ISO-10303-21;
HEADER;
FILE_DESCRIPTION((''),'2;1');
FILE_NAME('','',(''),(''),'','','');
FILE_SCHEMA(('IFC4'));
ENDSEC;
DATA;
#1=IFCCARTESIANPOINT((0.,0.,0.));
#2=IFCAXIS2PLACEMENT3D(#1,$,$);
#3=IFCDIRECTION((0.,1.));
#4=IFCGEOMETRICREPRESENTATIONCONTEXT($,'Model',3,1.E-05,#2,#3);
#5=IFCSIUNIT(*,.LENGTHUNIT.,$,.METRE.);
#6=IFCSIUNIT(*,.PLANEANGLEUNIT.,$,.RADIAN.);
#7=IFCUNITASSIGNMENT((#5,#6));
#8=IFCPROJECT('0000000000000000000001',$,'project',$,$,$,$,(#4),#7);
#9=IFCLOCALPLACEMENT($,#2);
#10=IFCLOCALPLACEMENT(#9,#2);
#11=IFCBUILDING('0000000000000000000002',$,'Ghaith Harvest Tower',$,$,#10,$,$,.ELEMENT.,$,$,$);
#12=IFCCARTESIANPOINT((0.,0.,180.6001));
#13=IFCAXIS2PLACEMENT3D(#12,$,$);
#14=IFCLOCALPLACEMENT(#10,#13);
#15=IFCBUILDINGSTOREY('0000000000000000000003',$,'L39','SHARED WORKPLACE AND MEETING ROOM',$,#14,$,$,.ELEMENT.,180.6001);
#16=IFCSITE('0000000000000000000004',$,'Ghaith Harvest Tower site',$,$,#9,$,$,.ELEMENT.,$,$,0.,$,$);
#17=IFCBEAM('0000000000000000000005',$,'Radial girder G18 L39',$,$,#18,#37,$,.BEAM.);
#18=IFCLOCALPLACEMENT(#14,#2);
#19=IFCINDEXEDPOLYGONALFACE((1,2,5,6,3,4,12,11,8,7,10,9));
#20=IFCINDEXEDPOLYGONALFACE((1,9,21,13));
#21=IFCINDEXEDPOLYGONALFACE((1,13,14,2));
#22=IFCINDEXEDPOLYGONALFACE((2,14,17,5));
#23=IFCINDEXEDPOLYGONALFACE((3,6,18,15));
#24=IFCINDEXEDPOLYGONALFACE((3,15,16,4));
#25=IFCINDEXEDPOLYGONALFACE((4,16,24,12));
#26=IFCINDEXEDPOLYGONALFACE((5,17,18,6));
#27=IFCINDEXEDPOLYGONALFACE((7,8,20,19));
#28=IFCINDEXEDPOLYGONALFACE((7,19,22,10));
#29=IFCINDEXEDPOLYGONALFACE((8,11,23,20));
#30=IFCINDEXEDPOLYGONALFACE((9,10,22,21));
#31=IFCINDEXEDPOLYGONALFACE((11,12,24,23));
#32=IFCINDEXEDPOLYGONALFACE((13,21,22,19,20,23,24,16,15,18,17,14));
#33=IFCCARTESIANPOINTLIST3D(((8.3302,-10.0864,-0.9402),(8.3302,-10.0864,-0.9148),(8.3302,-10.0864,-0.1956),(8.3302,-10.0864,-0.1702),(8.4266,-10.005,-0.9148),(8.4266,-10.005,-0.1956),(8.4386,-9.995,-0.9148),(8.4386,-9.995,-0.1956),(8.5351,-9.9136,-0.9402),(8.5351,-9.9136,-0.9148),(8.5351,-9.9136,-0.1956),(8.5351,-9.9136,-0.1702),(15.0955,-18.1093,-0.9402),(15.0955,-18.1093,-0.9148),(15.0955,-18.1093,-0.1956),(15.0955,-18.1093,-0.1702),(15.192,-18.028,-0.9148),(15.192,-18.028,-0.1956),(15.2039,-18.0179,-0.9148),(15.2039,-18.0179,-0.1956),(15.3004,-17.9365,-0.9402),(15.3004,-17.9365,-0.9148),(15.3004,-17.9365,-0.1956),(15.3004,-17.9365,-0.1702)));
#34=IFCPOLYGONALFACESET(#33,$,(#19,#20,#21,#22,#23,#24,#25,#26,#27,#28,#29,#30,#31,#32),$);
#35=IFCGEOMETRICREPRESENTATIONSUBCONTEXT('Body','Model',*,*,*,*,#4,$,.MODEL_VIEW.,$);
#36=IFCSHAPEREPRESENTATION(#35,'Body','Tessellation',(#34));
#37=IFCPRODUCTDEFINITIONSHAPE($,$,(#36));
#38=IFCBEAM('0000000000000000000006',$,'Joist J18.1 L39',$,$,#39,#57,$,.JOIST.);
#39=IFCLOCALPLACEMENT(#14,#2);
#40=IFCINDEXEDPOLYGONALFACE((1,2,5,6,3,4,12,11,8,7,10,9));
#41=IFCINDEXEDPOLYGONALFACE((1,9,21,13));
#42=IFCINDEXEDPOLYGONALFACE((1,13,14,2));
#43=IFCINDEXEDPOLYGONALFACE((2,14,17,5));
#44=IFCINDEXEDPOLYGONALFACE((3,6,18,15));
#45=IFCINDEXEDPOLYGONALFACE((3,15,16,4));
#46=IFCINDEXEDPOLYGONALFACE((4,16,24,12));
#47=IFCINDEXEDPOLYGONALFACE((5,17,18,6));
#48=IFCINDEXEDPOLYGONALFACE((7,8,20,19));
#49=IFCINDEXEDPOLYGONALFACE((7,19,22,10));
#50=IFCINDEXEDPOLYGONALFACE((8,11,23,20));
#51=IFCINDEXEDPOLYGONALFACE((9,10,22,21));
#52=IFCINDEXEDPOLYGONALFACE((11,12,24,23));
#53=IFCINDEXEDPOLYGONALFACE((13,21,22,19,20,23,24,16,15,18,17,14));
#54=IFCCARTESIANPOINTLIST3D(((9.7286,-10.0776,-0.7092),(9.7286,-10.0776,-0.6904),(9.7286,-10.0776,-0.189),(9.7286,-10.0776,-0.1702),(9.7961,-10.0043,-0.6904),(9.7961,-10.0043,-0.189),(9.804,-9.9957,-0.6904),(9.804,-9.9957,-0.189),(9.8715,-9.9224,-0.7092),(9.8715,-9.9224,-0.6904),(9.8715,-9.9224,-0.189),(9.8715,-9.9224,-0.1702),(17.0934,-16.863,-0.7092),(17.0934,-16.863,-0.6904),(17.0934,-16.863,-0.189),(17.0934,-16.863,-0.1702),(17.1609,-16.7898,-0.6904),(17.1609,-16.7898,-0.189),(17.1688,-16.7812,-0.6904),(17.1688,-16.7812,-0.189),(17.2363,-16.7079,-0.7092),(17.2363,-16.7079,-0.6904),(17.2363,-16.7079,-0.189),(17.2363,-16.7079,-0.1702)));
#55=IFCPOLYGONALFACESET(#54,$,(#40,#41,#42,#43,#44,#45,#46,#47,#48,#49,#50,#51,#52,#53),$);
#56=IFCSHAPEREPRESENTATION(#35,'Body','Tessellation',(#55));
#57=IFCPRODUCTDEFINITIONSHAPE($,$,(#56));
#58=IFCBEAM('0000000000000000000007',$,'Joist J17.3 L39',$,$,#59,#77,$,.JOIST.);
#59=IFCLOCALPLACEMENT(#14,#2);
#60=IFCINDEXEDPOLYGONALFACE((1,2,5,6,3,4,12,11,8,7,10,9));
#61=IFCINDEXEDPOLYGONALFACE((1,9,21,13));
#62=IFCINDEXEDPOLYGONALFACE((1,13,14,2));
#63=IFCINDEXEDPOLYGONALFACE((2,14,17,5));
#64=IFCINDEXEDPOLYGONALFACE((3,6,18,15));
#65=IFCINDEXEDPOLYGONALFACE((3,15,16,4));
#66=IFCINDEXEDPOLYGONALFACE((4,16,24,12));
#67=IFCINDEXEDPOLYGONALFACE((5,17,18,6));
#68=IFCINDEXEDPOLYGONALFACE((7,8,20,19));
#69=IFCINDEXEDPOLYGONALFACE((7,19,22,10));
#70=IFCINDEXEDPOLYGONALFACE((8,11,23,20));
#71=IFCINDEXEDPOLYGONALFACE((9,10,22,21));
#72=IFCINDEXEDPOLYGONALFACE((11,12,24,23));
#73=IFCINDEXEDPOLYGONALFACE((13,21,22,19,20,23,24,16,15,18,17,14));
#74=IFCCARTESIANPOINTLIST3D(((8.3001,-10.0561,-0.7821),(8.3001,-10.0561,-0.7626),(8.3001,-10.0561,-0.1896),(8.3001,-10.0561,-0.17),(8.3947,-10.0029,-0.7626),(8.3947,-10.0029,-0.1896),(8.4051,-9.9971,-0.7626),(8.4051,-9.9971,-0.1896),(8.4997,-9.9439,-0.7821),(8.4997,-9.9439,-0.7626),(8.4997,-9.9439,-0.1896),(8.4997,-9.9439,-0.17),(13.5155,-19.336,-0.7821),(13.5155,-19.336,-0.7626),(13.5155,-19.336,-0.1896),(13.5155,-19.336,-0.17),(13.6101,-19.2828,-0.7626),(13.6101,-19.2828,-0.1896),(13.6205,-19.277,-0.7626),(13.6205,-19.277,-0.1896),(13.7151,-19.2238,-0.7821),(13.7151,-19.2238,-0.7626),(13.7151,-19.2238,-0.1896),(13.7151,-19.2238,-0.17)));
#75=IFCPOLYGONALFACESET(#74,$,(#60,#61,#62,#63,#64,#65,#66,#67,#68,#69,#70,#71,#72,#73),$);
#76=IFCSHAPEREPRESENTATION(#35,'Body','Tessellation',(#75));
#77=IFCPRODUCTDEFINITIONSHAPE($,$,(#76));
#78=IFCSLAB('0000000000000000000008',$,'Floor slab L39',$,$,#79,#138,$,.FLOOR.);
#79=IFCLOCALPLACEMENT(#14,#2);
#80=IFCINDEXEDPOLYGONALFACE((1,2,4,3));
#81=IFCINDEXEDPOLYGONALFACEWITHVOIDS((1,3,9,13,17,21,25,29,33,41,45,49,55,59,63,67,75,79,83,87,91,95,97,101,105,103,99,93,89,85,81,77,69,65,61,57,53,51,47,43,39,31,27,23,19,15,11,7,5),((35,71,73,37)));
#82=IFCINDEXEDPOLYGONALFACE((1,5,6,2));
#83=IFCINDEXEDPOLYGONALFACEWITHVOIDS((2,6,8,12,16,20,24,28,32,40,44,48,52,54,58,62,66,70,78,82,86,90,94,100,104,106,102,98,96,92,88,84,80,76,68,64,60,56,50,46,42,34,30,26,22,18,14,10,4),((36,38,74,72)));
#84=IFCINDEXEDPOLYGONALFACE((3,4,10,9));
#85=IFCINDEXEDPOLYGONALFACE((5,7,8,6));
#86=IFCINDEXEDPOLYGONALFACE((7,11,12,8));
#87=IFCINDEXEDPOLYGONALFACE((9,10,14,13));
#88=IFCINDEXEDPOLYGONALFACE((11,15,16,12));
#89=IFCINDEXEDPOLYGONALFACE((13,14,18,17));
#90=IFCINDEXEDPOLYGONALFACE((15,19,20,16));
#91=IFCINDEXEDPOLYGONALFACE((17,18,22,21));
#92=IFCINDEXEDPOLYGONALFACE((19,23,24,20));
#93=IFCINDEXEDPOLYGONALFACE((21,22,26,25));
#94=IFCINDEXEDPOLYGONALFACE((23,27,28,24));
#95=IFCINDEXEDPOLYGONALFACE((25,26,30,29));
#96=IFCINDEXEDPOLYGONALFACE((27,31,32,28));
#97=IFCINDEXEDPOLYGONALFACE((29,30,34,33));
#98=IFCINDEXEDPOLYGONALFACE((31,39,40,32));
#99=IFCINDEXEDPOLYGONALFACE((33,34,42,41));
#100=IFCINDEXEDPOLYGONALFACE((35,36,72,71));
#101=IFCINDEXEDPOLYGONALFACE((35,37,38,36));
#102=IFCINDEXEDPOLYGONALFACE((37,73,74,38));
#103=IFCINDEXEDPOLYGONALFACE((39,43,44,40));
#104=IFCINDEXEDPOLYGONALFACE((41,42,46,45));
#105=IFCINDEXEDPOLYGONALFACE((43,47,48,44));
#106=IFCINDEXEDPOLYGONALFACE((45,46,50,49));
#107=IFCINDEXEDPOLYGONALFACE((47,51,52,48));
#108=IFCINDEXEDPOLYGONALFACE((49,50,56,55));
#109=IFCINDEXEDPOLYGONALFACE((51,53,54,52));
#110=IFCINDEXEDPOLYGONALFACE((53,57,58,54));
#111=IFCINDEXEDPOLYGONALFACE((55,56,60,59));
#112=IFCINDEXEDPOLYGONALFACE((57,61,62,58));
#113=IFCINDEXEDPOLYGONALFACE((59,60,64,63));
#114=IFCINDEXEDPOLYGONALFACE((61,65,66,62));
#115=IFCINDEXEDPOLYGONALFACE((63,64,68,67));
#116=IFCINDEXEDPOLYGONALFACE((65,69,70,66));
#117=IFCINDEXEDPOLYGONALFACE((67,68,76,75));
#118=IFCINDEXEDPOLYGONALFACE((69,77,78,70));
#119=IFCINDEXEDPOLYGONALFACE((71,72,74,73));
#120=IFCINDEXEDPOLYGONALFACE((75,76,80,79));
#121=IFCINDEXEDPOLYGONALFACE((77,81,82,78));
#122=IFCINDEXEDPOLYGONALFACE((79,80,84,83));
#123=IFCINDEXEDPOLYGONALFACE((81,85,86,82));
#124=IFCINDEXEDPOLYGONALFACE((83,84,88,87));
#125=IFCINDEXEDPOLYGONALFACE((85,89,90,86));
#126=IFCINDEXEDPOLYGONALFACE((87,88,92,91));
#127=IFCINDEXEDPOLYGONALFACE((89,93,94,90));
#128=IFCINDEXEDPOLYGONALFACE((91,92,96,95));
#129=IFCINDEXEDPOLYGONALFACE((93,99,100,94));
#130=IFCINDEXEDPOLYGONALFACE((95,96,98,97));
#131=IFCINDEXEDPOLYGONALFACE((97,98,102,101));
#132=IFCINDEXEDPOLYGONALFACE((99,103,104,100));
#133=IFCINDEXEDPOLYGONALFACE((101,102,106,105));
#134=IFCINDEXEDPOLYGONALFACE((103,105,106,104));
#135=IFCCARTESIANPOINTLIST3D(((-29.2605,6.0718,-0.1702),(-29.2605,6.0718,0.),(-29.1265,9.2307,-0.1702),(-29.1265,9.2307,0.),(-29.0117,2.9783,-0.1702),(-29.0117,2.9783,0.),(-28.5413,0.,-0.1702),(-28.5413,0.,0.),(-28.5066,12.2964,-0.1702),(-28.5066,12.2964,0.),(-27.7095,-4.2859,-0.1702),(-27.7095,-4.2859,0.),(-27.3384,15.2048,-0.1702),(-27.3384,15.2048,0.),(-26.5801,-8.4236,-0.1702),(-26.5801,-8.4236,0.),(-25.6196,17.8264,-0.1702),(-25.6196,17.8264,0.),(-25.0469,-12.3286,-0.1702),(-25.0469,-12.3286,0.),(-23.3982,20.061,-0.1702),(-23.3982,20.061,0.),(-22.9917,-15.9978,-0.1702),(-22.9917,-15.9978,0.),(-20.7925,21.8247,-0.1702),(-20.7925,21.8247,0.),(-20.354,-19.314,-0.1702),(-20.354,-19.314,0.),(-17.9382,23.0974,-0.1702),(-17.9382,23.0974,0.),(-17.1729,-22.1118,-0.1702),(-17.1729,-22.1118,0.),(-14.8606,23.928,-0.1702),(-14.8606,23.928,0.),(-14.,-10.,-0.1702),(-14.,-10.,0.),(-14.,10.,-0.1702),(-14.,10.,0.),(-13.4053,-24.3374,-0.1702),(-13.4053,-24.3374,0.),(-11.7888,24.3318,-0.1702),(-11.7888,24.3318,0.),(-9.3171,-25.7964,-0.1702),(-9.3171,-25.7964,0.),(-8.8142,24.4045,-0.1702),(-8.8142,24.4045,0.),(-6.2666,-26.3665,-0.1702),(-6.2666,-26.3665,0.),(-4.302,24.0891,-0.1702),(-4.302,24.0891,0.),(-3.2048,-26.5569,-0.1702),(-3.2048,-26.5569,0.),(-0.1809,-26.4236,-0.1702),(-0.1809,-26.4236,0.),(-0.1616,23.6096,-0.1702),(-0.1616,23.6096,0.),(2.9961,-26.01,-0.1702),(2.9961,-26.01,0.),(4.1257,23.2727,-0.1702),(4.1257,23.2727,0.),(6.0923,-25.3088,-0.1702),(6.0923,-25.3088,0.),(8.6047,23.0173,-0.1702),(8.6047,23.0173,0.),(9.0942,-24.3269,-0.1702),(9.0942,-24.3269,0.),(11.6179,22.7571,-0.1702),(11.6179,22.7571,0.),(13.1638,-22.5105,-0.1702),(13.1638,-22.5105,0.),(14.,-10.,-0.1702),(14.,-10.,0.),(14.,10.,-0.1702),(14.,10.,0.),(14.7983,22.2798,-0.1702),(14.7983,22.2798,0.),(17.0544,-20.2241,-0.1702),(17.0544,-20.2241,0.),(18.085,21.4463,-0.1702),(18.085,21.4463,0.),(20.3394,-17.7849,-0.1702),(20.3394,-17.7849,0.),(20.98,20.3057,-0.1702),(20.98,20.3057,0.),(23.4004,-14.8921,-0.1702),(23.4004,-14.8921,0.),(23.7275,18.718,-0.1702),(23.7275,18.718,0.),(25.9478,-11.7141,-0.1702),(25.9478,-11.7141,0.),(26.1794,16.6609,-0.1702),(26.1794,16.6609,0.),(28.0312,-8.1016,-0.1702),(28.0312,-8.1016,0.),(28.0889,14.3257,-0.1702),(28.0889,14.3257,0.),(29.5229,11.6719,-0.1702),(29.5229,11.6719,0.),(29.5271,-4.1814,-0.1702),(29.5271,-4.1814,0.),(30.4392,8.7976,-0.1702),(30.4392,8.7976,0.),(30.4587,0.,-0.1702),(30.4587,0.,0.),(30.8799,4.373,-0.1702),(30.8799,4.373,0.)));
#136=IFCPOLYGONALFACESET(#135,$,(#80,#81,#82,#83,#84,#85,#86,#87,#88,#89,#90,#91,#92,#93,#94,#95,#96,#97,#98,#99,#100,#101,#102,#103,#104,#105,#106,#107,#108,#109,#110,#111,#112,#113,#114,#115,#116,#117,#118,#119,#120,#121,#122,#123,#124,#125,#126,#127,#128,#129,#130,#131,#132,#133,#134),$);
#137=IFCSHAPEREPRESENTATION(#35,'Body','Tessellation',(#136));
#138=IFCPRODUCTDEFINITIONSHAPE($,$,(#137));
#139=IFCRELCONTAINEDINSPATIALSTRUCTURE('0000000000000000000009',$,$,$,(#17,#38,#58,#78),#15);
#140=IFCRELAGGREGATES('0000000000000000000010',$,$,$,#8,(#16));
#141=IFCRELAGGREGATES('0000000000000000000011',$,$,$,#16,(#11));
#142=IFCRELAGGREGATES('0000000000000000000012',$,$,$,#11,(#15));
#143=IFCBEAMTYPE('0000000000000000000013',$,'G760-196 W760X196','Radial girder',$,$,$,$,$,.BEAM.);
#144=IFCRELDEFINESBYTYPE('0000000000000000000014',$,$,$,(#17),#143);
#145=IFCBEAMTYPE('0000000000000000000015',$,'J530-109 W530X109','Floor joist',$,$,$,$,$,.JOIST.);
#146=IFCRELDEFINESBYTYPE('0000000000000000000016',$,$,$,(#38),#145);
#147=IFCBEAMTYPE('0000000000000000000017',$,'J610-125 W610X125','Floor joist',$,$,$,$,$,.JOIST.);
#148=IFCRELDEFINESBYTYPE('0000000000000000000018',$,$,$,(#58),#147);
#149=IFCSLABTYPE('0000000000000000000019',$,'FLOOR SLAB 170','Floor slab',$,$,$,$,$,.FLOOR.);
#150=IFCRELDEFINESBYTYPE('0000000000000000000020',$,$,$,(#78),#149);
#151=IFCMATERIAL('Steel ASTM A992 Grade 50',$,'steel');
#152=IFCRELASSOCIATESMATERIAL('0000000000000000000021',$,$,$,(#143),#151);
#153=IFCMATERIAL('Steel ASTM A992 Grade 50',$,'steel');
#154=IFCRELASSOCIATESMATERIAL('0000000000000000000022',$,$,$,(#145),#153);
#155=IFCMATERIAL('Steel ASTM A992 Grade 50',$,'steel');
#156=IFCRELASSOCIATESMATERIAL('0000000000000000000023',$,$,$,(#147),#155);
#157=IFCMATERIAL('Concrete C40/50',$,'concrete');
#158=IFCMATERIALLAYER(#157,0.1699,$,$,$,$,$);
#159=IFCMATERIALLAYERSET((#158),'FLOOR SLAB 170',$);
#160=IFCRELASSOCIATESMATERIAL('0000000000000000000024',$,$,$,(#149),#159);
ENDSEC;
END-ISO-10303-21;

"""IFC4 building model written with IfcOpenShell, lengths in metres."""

from ifc_helpers import new_model, si_unit, direction, frame, origin, origin_2d, place, context, subcontext, project, spatial, polyline, i_section, outline, extrude, material, layer, layer_set, material_profile, profile_set, type_object, element, save


model = new_model("IFC4")

# Units and contexts
model_context = context("Model", 3, precision=1e-05, world=origin(), true_north=direction((0.0, 1.0)))
body_context = subcontext(model_context, "Body", "Model", "MODEL_VIEW")
ifc_project = project(units=[si_unit("LENGTHUNIT", "METRE"), si_unit("PLANEANGLEUNIT", "RADIAN")], contexts=[model_context])

# Site, building, storey
site_placement = place(None, origin())
site = spatial("IfcSite", under=ifc_project, at=site_placement, Name="Ghaith Harvest Tower site", CompositionType="ELEMENT", RefElevation=0.0)
building_placement = place(site_placement, origin())
building = spatial("IfcBuilding", under=site, at=building_placement, Name="Ghaith Harvest Tower", CompositionType="ELEMENT")
storey_placement = place(building_placement, frame((0.0, 0.0, 180.6001)))
storey = spatial("IfcBuildingStorey", under=building, at=storey_placement, Name="L39", Description="SHARED WORKPLACE AND MEETING ROOM", CompositionType="ELEMENT", Elevation=180.6001)

# Beams
ifc_material_1 = material(Name="Steel ASTM A992 Grade 50", Category="steel")
ifc_material_profile_1 = material_profile(ifc_material_1, i_section(OverallWidth=0.2681, OverallDepth=0.77, WebThickness=0.0156, FlangeThickness=0.0254, at=origin_2d()), Name="W760X196")
ifc_profile_set_1 = profile_set([ifc_material_profile_1], Name="Steel ASTM A992 Grade 50")
beam_type_1 = type_object("IfcBeamType", Name="G760-196 W760X196", Description="Radial girder", PredefinedType="BEAM", material=ifc_profile_set_1)
beam_1_placement = place(storey_placement, frame((8.4326, -10.0, -0.5552), z_axis=(0.644649, -0.764478, 0.0), x_axis=(0.764478, 0.644649, 0.0)))
element("IfcBeam", 1, at=beam_1_placement, inside=storey, type_object=beam_type_1, Name="Radial girder G18 L39", PredefinedType="BEAM", context=body_context, shape_type="SweptSolid", body=[
    extrude(i_section(OverallWidth=0.2681, OverallDepth=0.77, WebThickness=0.0156, FlangeThickness=0.0254, at=origin_2d()), origin(), (0.0, 0.0, 1.0), 10.4946),
])
ifc_material_2 = material(Name="Steel ASTM A992 Grade 50", Category="steel")
ifc_material_profile_2 = material_profile(ifc_material_2, i_section(OverallWidth=0.2109, OverallDepth=0.5391, WebThickness=0.0117, FlangeThickness=0.0188, at=origin_2d()), Name="W530X109")
ifc_profile_set_2 = profile_set([ifc_material_profile_2], Name="Steel ASTM A992 Grade 50")
beam_type_2 = type_object("IfcBeamType", Name="J530-109 W530X109", Description="Floor joist", PredefinedType="JOIST", material=ifc_profile_set_2)
beam_2_placement = place(storey_placement, frame((9.8, -10.0, -0.4397), z_axis=(0.735442, -0.677588, 0.0), x_axis=(0.677588, 0.735442, 0.0)))
element("IfcBeam", 2, at=beam_2_placement, inside=storey, type_object=beam_type_2, Name="Joist J18.1 L39", PredefinedType="JOIST", context=body_context, shape_type="SweptSolid", body=[
    extrude(i_section(OverallWidth=0.2109, OverallDepth=0.5391, WebThickness=0.0117, FlangeThickness=0.0188, at=origin_2d()), origin(), (0.0, 0.0, 1.0), 10.0142),
])
ifc_material_3 = material(Name="Steel ASTM A992 Grade 50", Category="steel")
ifc_material_profile_3 = material_profile(ifc_material_3, i_section(OverallWidth=0.229, OverallDepth=0.6121, WebThickness=0.012, FlangeThickness=0.0195, at=origin_2d()), Name="W610X125")
ifc_profile_set_3 = profile_set([ifc_material_profile_3], Name="Steel ASTM A992 Grade 50")
beam_type_3 = type_object("IfcBeamType", Name="J610-125 W610X125", Description="Floor joist", PredefinedType="JOIST", material=ifc_profile_set_3)
beam_3_placement = place(storey_placement, frame((8.3999, -10.0, -0.4761), z_axis=(0.489937, -0.871758, 0.0), x_axis=(0.871758, 0.489937, 0.0)))
element("IfcBeam", 3, at=beam_3_placement, inside=storey, type_object=beam_type_3, Name="Joist J17.3 L39", PredefinedType="JOIST", context=body_context, shape_type="SweptSolid", body=[
    extrude(i_section(OverallWidth=0.229, OverallDepth=0.6121, WebThickness=0.012, FlangeThickness=0.0195, at=origin_2d()), origin(), (0.0, 0.0, 1.0), 10.645),
])

# Slab
ifc_material_4 = material(Name="Concrete C40/50", Category="concrete")
ifc_layer_1 = layer(ifc_material_4, 0.1699)
ifc_layer_set_1 = layer_set([ifc_layer_1], Name="FLOOR SLAB 170")
slab_type_1 = type_object("IfcSlabType", Name="FLOOR SLAB 170", Description="Floor slab", PredefinedType="FLOOR", material=ifc_layer_set_1)
slab_1_placement = place(storey_placement, frame((0.0, 0.0, -0.1702)))
element("IfcSlab", 4, at=slab_1_placement, inside=storey, type_object=slab_type_1, Name="Floor slab L39", PredefinedType="FLOOR", context=body_context, shape_type="SweptSolid", body=[
    extrude(outline(polyline([(30.4587, 0.0), (30.8799, 4.373), (30.4392, 8.7976), (29.5229, 11.6719), (28.0889, 14.3257), (26.1794, 16.6609), (23.7275, 18.718), (20.98, 20.3057), (18.085, 21.4463), (14.7983, 22.2798), (11.6179, 22.7571), (8.6047, 23.0173), (4.1257, 23.2727), (-0.1616, 23.6096), (-4.302, 24.0891), (-8.8142, 24.4045), (-11.7888, 24.3318), (-14.8606, 23.928), (-17.9382, 23.0974), (-20.7925, 21.8247), (-23.3982, 20.061), (-25.6196, 17.8264), (-27.3384, 15.2048), (-28.5066, 12.2964), (-29.1265, 9.2307), (-29.2605, 6.0718), (-29.0117, 2.9783), (-28.5413, 0.0), (-27.7095, -4.2859), (-26.5801, -8.4236), (-25.0469, -12.3286), (-22.9917, -15.9978), (-20.354, -19.314), (-17.1729, -22.1118), (-13.4053, -24.3374), (-9.3171, -25.7964), (-6.2666, -26.3665), (-3.2048, -26.5569), (-0.1809, -26.4236), (2.9961, -26.01), (6.0923, -25.3088), (9.0942, -24.3269), (13.1638, -22.5105), (17.0544, -20.2241), (20.3394, -17.7849), (23.4004, -14.8921), (25.9478, -11.7141), (28.0312, -8.1016), (29.5271, -4.1814), (30.4587, 0.0)]), holes=[polyline([(-14.0, -10.0), (14.0, -10.0), (14.0, 10.0), (-14.0, 10.0), (-14.0, -10.0)])]), origin(), (0.0, 0.0, 1.0), 0.1702),
])

save(model, "model.ifc")
